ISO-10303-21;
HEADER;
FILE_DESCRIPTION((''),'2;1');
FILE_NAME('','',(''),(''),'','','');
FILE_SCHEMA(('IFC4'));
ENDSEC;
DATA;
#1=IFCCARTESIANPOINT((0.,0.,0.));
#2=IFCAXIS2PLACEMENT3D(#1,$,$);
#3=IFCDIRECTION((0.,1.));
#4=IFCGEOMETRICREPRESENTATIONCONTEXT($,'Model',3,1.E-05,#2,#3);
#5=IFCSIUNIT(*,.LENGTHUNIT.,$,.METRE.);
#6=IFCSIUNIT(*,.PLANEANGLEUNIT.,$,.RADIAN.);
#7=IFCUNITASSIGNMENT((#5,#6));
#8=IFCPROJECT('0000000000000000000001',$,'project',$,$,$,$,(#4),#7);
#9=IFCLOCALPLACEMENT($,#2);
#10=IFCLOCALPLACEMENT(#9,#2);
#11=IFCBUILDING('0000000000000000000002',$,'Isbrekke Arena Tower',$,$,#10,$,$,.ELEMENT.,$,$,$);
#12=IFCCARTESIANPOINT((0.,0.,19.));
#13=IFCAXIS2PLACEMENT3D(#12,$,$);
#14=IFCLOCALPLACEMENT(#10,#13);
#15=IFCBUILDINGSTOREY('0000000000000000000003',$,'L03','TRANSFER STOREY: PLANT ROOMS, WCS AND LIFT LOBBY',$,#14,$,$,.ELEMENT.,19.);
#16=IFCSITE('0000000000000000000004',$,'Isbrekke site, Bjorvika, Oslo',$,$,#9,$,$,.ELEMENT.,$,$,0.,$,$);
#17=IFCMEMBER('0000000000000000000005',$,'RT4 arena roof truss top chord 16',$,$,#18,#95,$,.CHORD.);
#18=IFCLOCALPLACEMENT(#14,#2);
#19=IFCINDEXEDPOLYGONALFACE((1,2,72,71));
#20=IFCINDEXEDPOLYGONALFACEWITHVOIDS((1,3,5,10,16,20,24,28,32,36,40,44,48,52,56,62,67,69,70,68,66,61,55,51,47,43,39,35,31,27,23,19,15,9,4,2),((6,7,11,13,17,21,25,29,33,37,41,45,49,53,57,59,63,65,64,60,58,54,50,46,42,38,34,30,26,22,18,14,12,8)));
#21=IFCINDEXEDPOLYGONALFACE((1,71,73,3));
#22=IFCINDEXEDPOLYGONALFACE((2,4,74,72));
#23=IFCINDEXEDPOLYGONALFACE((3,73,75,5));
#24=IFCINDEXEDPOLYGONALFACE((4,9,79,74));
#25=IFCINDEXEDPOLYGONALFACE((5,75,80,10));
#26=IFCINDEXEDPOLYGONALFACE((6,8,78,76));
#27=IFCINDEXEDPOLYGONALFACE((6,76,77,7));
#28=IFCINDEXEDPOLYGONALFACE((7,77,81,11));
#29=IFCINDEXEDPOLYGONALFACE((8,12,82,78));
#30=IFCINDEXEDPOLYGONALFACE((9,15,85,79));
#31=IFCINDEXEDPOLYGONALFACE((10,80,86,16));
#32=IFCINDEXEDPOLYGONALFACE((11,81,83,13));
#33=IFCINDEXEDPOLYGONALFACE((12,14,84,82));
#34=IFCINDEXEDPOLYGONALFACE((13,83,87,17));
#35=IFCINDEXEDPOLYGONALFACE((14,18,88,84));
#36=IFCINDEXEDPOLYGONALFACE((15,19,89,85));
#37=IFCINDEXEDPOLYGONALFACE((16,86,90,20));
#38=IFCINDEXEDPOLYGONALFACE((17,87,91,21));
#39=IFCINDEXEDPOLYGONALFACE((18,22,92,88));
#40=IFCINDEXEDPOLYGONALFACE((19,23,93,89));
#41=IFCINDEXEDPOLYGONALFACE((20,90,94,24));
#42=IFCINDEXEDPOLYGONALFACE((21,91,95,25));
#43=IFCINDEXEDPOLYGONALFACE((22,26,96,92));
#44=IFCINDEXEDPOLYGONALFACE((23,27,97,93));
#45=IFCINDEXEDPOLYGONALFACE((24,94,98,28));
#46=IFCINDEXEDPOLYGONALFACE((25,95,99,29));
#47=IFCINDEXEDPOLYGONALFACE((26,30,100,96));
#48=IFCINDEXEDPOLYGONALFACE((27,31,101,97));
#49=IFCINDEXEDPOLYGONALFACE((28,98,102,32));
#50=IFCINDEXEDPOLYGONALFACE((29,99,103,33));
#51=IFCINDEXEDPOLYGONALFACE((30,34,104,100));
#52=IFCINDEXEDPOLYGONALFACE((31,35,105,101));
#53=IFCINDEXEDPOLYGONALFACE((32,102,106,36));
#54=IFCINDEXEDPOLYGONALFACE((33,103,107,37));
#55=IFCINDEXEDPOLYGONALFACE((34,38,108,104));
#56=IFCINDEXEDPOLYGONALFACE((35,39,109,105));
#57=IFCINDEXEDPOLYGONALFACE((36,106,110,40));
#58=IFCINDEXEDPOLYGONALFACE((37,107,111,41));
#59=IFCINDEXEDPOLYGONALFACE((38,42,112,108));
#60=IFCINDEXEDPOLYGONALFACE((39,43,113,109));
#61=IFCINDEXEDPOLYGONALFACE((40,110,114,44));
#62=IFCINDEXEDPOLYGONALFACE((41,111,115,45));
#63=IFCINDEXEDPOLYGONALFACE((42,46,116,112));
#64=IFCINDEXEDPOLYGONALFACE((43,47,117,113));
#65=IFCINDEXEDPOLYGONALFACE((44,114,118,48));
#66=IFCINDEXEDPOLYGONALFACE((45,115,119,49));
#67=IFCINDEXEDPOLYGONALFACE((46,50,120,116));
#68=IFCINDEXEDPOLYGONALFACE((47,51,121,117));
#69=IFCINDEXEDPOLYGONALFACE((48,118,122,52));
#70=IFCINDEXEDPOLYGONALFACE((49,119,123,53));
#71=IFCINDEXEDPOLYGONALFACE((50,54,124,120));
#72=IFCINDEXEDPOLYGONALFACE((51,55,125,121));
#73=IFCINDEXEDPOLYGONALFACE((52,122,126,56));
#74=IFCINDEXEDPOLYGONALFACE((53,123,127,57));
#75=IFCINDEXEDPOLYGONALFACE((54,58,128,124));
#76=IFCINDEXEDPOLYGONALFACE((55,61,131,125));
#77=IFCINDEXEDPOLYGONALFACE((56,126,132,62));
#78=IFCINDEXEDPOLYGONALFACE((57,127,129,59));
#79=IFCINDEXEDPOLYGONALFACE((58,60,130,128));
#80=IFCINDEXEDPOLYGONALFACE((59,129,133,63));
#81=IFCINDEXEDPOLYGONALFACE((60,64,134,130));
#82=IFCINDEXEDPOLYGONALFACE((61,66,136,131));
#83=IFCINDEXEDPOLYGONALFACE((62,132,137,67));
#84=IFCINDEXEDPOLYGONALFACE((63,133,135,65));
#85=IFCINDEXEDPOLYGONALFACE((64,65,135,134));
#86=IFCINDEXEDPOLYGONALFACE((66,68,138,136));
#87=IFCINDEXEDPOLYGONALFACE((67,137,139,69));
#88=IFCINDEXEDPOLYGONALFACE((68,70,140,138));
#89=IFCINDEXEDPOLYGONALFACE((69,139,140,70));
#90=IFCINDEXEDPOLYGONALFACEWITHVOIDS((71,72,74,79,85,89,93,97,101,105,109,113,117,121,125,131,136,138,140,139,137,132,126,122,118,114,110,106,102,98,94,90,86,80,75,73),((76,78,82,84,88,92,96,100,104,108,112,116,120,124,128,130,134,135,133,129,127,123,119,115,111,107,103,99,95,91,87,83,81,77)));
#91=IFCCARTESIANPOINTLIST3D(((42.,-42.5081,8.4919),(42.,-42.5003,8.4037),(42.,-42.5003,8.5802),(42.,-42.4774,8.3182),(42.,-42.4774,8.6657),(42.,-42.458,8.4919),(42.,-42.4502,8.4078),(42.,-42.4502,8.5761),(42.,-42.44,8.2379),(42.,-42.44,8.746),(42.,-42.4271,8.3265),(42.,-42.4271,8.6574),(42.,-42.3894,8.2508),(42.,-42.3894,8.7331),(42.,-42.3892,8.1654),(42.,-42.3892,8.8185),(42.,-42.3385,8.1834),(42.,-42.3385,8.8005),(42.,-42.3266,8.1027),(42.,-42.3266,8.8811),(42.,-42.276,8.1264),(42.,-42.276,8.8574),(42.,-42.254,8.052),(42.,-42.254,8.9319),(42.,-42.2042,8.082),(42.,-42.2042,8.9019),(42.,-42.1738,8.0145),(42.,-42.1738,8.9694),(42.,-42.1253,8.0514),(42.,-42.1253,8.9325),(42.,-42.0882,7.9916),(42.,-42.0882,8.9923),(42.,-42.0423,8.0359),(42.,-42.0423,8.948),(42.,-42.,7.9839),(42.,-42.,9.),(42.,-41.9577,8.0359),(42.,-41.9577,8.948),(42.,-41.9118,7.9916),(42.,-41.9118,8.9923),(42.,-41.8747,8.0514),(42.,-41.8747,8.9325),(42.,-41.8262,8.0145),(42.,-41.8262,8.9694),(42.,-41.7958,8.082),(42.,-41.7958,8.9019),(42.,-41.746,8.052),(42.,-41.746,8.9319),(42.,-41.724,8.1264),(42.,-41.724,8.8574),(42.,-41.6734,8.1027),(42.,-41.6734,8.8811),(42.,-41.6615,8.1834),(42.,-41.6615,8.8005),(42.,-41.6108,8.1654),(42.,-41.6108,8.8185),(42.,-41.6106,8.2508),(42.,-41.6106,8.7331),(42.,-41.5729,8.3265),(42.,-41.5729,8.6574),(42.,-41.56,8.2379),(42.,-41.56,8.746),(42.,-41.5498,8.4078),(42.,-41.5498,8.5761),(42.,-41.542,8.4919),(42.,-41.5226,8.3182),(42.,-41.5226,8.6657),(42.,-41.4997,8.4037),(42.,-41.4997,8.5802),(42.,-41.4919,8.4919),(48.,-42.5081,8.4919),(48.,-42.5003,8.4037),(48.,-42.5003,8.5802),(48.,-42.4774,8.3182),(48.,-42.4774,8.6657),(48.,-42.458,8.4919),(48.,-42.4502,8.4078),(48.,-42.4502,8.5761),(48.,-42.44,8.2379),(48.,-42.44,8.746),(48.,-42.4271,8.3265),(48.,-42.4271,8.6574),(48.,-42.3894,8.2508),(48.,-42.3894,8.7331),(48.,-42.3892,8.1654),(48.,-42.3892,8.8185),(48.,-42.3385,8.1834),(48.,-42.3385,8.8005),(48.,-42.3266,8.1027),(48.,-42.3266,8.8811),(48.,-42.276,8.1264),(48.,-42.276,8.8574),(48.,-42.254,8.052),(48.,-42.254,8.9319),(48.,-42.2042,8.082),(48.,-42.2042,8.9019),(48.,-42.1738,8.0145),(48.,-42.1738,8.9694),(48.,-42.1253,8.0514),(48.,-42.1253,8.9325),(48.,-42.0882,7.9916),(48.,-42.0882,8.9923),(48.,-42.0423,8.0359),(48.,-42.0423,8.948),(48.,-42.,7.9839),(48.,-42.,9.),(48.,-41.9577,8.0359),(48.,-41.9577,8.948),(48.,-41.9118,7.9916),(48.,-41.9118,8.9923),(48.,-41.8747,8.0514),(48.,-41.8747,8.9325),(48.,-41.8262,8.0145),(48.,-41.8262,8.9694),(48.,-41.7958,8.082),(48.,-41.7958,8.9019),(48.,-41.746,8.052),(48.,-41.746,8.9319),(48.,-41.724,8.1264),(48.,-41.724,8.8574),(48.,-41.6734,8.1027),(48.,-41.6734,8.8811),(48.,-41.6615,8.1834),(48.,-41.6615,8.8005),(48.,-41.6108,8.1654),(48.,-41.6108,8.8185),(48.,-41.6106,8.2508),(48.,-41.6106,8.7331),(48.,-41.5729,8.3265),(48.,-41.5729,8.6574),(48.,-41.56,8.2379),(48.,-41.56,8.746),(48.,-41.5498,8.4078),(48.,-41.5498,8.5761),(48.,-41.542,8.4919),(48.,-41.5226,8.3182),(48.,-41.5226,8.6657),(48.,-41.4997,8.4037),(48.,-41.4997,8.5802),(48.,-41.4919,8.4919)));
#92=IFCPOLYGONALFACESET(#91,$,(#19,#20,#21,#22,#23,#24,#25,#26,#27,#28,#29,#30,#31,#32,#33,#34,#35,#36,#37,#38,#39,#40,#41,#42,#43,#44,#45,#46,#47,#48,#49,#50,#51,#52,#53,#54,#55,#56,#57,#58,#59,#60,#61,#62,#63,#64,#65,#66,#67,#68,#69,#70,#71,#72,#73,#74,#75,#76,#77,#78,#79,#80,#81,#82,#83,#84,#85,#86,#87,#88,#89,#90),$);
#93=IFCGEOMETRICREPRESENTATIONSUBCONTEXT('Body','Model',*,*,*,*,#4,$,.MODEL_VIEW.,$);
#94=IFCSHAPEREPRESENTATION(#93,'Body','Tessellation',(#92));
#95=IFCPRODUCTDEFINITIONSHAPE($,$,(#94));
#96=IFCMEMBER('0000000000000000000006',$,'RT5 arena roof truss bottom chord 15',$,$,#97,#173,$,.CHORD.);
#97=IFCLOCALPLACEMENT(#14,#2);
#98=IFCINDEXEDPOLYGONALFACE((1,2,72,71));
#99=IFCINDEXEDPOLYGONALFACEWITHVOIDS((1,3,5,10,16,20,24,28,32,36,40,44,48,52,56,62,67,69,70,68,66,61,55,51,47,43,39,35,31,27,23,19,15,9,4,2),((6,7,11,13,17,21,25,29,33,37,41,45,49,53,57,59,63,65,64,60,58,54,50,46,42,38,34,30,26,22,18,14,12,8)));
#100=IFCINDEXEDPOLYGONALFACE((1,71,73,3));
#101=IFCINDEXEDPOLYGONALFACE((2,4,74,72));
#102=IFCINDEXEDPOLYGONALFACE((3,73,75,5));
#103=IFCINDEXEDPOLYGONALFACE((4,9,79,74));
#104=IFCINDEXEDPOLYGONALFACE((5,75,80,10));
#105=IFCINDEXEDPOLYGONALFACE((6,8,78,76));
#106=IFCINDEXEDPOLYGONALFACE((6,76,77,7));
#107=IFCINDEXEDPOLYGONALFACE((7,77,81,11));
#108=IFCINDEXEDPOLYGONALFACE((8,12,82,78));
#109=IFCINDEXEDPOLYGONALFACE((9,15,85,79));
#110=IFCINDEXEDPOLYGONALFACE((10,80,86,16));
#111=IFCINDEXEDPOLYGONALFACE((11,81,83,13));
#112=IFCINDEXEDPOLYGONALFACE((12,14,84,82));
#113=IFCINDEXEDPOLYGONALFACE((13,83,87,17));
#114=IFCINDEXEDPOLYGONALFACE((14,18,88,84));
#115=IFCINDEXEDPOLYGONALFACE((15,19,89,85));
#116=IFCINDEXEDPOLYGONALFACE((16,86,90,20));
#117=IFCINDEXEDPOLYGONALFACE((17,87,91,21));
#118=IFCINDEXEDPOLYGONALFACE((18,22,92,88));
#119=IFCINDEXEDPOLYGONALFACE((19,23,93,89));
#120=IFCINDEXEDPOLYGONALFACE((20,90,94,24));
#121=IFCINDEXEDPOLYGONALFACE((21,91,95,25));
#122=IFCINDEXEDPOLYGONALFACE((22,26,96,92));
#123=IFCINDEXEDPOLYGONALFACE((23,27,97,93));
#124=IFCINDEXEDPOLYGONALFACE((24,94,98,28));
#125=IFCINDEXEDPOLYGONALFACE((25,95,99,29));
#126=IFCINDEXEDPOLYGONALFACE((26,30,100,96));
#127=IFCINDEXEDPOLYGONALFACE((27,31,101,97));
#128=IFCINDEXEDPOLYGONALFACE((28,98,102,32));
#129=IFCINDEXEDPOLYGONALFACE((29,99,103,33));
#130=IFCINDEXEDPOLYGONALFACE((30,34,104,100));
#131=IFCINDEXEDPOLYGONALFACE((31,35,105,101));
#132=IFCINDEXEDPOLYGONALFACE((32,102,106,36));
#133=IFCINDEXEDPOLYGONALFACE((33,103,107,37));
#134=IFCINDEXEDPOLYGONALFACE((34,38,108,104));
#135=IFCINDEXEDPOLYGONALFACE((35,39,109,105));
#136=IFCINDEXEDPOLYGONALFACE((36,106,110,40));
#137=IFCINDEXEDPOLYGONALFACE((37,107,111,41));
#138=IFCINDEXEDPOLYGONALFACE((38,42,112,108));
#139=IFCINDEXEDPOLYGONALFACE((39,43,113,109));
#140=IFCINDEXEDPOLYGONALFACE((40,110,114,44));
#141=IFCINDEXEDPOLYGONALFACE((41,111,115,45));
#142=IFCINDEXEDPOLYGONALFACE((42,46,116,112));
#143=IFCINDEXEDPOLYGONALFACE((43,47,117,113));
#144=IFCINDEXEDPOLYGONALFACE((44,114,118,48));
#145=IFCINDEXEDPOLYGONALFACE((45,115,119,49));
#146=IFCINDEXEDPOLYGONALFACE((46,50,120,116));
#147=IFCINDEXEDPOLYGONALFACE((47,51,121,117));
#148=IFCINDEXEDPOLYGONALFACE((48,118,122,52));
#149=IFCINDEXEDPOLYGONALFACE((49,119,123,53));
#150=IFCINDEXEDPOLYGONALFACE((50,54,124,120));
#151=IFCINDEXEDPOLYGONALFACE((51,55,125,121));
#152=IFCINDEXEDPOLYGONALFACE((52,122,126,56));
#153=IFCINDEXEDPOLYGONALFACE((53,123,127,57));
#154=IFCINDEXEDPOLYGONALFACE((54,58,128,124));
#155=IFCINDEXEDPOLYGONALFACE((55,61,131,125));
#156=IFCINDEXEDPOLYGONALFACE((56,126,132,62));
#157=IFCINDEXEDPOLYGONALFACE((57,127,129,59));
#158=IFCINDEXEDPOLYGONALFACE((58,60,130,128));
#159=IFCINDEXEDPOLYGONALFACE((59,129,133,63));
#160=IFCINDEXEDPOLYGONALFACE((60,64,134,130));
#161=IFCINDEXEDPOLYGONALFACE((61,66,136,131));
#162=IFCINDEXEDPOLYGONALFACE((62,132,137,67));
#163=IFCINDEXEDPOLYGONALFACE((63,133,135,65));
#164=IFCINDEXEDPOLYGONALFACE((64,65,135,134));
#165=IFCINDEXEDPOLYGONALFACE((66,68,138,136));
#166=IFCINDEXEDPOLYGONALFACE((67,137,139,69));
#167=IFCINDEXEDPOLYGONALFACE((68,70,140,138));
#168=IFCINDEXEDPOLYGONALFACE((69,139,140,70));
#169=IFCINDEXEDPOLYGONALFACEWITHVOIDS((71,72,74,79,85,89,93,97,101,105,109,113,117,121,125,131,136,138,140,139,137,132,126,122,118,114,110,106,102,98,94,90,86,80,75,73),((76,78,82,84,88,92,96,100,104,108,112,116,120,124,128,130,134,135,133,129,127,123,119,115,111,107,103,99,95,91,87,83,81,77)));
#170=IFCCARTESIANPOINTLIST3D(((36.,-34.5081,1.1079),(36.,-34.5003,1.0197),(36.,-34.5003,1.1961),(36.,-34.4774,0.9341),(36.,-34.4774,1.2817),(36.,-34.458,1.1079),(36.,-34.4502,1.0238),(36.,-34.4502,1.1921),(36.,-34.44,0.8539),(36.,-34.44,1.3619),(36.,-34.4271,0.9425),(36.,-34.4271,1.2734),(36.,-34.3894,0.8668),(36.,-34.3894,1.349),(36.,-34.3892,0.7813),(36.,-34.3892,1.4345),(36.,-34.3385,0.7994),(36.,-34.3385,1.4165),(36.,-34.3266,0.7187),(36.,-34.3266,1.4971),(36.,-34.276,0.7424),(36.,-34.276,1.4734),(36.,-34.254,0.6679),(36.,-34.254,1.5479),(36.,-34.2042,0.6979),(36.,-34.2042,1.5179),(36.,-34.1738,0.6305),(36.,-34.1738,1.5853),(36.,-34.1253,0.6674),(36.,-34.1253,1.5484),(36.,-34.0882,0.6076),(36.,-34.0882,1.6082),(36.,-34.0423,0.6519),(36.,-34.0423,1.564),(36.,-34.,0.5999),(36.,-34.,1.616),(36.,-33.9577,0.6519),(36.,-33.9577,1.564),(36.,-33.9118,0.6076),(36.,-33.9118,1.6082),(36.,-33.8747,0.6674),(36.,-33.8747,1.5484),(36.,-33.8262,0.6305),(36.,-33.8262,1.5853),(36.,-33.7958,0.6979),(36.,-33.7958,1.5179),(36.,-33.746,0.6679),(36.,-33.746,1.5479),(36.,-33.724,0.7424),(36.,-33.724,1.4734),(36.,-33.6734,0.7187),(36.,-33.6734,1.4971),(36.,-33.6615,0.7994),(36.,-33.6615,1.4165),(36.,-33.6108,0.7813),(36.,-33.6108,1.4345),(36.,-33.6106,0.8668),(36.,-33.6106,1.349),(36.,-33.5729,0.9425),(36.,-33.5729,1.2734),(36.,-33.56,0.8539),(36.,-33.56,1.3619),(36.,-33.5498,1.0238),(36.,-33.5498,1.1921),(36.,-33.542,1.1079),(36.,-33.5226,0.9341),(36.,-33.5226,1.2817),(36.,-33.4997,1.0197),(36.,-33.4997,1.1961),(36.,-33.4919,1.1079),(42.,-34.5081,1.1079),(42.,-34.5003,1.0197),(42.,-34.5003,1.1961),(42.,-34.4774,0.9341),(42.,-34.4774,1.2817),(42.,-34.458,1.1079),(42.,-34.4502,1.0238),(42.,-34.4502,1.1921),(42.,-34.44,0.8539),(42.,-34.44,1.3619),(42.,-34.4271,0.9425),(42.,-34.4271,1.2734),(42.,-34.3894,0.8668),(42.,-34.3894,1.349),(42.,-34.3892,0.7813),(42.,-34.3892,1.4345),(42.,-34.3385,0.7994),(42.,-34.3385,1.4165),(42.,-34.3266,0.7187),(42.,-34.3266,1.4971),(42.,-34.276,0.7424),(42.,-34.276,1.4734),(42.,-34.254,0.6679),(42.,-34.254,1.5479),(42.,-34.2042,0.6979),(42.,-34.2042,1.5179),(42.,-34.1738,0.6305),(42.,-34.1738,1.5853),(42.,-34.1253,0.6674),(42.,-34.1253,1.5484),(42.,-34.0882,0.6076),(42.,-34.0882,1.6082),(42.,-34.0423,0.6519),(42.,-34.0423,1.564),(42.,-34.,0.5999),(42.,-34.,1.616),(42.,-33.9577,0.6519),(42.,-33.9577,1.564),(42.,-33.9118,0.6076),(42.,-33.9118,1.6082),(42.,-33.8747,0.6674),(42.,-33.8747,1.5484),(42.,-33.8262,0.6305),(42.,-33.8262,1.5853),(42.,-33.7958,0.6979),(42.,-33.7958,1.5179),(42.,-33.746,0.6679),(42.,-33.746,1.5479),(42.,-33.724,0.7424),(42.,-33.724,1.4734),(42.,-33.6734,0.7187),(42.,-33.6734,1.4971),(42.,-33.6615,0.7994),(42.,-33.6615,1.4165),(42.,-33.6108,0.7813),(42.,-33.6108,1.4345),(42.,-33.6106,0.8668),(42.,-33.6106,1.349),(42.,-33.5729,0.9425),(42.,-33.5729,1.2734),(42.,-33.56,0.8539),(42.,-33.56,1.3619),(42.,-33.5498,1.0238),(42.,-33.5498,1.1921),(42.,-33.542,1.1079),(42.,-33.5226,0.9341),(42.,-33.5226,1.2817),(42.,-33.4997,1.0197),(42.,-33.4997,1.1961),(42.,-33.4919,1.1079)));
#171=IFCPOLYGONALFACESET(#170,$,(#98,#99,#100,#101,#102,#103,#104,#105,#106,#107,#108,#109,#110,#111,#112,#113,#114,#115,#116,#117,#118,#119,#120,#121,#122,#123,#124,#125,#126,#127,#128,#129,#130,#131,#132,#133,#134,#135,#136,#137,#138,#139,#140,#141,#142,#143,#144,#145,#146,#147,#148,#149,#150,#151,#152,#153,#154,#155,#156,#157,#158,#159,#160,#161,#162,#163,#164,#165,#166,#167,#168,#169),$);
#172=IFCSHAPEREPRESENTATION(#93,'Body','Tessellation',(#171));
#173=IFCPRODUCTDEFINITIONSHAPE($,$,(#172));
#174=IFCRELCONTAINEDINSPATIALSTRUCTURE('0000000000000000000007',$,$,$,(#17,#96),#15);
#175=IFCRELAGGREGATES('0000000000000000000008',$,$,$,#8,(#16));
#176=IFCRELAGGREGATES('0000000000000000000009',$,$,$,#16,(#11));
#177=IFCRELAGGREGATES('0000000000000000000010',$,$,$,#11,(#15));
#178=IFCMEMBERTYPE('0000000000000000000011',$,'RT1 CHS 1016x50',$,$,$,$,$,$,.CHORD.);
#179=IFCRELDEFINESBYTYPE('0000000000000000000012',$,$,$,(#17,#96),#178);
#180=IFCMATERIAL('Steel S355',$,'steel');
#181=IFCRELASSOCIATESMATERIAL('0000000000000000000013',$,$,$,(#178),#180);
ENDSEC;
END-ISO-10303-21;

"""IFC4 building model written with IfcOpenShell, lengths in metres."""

from ifc_helpers import new_model, si_unit, direction, frame, origin, origin_2d, place, context, subcontext, project, spatial, hollow_circle, extrude, material, material_profile, profile_set, type_object, element, save


model = new_model("IFC4")

# Units and contexts
model_context = context("Model", 3, precision=1e-05, world=origin(), true_north=direction((0.0, 1.0)))
body_context = subcontext(model_context, "Body", "Model", "MODEL_VIEW")
ifc_project = project(units=[si_unit("LENGTHUNIT", "METRE"), si_unit("PLANEANGLEUNIT", "RADIAN")], contexts=[model_context])

# Site, building, storey
site_placement = place(None, origin())
site = spatial("IfcSite", under=ifc_project, at=site_placement, Name="Isbrekke site, Bjorvika, Oslo", CompositionType="ELEMENT", RefElevation=0.0)
building_placement = place(site_placement, origin())
building = spatial("IfcBuilding", under=site, at=building_placement, Name="Isbrekke Arena Tower", CompositionType="ELEMENT")
storey_placement = place(building_placement, frame((0.0, 0.0, 19.0)))
storey = spatial("IfcBuildingStorey", under=building, at=storey_placement, Name="L03", Description="TRANSFER STOREY: PLANT ROOMS, WCS AND LIFT LOBBY", CompositionType="ELEMENT", Elevation=19.0)

# Members
ifc_material_1 = material(Name="Steel S355", Category="steel")
ifc_material_profile_1 = material_profile(ifc_material_1, hollow_circle(Radius=0.5081, WallThickness=0.05, at=origin_2d()), Name="CHS 1016x50")
ifc_profile_set_1 = profile_set([ifc_material_profile_1], Name="Steel S355")
member_type_1 = type_object("IfcMemberType", Name="RT1 CHS 1016x50", PredefinedType="CHORD", material=ifc_profile_set_1)
for number, where, z_axis, x_axis, name in (
    (1, (42.0, -42.0, 8.4919), (1.0, 0.0, 0.0), (0.0, 1.0, 0.0), "RT4 arena roof truss top chord 16"),
    (2, (36.0, -34.0, 1.1079), (1.0, 0.0, 0.0), (0.0, 1.0, 0.0), "RT5 arena roof truss bottom chord 15"),
):
    element("IfcMember", number, at=place(storey_placement, frame(where, z_axis=z_axis, x_axis=x_axis)), inside=storey, type_object=member_type_1, Name=name, PredefinedType="CHORD", context=body_context, shape_type="SweptSolid", body=[
        extrude(hollow_circle(Radius=0.5081, WallThickness=0.05, at=origin_2d()), origin(), (0.0, 0.0, 1.0), 6.0),
    ])

save(model, "model.ifc")
